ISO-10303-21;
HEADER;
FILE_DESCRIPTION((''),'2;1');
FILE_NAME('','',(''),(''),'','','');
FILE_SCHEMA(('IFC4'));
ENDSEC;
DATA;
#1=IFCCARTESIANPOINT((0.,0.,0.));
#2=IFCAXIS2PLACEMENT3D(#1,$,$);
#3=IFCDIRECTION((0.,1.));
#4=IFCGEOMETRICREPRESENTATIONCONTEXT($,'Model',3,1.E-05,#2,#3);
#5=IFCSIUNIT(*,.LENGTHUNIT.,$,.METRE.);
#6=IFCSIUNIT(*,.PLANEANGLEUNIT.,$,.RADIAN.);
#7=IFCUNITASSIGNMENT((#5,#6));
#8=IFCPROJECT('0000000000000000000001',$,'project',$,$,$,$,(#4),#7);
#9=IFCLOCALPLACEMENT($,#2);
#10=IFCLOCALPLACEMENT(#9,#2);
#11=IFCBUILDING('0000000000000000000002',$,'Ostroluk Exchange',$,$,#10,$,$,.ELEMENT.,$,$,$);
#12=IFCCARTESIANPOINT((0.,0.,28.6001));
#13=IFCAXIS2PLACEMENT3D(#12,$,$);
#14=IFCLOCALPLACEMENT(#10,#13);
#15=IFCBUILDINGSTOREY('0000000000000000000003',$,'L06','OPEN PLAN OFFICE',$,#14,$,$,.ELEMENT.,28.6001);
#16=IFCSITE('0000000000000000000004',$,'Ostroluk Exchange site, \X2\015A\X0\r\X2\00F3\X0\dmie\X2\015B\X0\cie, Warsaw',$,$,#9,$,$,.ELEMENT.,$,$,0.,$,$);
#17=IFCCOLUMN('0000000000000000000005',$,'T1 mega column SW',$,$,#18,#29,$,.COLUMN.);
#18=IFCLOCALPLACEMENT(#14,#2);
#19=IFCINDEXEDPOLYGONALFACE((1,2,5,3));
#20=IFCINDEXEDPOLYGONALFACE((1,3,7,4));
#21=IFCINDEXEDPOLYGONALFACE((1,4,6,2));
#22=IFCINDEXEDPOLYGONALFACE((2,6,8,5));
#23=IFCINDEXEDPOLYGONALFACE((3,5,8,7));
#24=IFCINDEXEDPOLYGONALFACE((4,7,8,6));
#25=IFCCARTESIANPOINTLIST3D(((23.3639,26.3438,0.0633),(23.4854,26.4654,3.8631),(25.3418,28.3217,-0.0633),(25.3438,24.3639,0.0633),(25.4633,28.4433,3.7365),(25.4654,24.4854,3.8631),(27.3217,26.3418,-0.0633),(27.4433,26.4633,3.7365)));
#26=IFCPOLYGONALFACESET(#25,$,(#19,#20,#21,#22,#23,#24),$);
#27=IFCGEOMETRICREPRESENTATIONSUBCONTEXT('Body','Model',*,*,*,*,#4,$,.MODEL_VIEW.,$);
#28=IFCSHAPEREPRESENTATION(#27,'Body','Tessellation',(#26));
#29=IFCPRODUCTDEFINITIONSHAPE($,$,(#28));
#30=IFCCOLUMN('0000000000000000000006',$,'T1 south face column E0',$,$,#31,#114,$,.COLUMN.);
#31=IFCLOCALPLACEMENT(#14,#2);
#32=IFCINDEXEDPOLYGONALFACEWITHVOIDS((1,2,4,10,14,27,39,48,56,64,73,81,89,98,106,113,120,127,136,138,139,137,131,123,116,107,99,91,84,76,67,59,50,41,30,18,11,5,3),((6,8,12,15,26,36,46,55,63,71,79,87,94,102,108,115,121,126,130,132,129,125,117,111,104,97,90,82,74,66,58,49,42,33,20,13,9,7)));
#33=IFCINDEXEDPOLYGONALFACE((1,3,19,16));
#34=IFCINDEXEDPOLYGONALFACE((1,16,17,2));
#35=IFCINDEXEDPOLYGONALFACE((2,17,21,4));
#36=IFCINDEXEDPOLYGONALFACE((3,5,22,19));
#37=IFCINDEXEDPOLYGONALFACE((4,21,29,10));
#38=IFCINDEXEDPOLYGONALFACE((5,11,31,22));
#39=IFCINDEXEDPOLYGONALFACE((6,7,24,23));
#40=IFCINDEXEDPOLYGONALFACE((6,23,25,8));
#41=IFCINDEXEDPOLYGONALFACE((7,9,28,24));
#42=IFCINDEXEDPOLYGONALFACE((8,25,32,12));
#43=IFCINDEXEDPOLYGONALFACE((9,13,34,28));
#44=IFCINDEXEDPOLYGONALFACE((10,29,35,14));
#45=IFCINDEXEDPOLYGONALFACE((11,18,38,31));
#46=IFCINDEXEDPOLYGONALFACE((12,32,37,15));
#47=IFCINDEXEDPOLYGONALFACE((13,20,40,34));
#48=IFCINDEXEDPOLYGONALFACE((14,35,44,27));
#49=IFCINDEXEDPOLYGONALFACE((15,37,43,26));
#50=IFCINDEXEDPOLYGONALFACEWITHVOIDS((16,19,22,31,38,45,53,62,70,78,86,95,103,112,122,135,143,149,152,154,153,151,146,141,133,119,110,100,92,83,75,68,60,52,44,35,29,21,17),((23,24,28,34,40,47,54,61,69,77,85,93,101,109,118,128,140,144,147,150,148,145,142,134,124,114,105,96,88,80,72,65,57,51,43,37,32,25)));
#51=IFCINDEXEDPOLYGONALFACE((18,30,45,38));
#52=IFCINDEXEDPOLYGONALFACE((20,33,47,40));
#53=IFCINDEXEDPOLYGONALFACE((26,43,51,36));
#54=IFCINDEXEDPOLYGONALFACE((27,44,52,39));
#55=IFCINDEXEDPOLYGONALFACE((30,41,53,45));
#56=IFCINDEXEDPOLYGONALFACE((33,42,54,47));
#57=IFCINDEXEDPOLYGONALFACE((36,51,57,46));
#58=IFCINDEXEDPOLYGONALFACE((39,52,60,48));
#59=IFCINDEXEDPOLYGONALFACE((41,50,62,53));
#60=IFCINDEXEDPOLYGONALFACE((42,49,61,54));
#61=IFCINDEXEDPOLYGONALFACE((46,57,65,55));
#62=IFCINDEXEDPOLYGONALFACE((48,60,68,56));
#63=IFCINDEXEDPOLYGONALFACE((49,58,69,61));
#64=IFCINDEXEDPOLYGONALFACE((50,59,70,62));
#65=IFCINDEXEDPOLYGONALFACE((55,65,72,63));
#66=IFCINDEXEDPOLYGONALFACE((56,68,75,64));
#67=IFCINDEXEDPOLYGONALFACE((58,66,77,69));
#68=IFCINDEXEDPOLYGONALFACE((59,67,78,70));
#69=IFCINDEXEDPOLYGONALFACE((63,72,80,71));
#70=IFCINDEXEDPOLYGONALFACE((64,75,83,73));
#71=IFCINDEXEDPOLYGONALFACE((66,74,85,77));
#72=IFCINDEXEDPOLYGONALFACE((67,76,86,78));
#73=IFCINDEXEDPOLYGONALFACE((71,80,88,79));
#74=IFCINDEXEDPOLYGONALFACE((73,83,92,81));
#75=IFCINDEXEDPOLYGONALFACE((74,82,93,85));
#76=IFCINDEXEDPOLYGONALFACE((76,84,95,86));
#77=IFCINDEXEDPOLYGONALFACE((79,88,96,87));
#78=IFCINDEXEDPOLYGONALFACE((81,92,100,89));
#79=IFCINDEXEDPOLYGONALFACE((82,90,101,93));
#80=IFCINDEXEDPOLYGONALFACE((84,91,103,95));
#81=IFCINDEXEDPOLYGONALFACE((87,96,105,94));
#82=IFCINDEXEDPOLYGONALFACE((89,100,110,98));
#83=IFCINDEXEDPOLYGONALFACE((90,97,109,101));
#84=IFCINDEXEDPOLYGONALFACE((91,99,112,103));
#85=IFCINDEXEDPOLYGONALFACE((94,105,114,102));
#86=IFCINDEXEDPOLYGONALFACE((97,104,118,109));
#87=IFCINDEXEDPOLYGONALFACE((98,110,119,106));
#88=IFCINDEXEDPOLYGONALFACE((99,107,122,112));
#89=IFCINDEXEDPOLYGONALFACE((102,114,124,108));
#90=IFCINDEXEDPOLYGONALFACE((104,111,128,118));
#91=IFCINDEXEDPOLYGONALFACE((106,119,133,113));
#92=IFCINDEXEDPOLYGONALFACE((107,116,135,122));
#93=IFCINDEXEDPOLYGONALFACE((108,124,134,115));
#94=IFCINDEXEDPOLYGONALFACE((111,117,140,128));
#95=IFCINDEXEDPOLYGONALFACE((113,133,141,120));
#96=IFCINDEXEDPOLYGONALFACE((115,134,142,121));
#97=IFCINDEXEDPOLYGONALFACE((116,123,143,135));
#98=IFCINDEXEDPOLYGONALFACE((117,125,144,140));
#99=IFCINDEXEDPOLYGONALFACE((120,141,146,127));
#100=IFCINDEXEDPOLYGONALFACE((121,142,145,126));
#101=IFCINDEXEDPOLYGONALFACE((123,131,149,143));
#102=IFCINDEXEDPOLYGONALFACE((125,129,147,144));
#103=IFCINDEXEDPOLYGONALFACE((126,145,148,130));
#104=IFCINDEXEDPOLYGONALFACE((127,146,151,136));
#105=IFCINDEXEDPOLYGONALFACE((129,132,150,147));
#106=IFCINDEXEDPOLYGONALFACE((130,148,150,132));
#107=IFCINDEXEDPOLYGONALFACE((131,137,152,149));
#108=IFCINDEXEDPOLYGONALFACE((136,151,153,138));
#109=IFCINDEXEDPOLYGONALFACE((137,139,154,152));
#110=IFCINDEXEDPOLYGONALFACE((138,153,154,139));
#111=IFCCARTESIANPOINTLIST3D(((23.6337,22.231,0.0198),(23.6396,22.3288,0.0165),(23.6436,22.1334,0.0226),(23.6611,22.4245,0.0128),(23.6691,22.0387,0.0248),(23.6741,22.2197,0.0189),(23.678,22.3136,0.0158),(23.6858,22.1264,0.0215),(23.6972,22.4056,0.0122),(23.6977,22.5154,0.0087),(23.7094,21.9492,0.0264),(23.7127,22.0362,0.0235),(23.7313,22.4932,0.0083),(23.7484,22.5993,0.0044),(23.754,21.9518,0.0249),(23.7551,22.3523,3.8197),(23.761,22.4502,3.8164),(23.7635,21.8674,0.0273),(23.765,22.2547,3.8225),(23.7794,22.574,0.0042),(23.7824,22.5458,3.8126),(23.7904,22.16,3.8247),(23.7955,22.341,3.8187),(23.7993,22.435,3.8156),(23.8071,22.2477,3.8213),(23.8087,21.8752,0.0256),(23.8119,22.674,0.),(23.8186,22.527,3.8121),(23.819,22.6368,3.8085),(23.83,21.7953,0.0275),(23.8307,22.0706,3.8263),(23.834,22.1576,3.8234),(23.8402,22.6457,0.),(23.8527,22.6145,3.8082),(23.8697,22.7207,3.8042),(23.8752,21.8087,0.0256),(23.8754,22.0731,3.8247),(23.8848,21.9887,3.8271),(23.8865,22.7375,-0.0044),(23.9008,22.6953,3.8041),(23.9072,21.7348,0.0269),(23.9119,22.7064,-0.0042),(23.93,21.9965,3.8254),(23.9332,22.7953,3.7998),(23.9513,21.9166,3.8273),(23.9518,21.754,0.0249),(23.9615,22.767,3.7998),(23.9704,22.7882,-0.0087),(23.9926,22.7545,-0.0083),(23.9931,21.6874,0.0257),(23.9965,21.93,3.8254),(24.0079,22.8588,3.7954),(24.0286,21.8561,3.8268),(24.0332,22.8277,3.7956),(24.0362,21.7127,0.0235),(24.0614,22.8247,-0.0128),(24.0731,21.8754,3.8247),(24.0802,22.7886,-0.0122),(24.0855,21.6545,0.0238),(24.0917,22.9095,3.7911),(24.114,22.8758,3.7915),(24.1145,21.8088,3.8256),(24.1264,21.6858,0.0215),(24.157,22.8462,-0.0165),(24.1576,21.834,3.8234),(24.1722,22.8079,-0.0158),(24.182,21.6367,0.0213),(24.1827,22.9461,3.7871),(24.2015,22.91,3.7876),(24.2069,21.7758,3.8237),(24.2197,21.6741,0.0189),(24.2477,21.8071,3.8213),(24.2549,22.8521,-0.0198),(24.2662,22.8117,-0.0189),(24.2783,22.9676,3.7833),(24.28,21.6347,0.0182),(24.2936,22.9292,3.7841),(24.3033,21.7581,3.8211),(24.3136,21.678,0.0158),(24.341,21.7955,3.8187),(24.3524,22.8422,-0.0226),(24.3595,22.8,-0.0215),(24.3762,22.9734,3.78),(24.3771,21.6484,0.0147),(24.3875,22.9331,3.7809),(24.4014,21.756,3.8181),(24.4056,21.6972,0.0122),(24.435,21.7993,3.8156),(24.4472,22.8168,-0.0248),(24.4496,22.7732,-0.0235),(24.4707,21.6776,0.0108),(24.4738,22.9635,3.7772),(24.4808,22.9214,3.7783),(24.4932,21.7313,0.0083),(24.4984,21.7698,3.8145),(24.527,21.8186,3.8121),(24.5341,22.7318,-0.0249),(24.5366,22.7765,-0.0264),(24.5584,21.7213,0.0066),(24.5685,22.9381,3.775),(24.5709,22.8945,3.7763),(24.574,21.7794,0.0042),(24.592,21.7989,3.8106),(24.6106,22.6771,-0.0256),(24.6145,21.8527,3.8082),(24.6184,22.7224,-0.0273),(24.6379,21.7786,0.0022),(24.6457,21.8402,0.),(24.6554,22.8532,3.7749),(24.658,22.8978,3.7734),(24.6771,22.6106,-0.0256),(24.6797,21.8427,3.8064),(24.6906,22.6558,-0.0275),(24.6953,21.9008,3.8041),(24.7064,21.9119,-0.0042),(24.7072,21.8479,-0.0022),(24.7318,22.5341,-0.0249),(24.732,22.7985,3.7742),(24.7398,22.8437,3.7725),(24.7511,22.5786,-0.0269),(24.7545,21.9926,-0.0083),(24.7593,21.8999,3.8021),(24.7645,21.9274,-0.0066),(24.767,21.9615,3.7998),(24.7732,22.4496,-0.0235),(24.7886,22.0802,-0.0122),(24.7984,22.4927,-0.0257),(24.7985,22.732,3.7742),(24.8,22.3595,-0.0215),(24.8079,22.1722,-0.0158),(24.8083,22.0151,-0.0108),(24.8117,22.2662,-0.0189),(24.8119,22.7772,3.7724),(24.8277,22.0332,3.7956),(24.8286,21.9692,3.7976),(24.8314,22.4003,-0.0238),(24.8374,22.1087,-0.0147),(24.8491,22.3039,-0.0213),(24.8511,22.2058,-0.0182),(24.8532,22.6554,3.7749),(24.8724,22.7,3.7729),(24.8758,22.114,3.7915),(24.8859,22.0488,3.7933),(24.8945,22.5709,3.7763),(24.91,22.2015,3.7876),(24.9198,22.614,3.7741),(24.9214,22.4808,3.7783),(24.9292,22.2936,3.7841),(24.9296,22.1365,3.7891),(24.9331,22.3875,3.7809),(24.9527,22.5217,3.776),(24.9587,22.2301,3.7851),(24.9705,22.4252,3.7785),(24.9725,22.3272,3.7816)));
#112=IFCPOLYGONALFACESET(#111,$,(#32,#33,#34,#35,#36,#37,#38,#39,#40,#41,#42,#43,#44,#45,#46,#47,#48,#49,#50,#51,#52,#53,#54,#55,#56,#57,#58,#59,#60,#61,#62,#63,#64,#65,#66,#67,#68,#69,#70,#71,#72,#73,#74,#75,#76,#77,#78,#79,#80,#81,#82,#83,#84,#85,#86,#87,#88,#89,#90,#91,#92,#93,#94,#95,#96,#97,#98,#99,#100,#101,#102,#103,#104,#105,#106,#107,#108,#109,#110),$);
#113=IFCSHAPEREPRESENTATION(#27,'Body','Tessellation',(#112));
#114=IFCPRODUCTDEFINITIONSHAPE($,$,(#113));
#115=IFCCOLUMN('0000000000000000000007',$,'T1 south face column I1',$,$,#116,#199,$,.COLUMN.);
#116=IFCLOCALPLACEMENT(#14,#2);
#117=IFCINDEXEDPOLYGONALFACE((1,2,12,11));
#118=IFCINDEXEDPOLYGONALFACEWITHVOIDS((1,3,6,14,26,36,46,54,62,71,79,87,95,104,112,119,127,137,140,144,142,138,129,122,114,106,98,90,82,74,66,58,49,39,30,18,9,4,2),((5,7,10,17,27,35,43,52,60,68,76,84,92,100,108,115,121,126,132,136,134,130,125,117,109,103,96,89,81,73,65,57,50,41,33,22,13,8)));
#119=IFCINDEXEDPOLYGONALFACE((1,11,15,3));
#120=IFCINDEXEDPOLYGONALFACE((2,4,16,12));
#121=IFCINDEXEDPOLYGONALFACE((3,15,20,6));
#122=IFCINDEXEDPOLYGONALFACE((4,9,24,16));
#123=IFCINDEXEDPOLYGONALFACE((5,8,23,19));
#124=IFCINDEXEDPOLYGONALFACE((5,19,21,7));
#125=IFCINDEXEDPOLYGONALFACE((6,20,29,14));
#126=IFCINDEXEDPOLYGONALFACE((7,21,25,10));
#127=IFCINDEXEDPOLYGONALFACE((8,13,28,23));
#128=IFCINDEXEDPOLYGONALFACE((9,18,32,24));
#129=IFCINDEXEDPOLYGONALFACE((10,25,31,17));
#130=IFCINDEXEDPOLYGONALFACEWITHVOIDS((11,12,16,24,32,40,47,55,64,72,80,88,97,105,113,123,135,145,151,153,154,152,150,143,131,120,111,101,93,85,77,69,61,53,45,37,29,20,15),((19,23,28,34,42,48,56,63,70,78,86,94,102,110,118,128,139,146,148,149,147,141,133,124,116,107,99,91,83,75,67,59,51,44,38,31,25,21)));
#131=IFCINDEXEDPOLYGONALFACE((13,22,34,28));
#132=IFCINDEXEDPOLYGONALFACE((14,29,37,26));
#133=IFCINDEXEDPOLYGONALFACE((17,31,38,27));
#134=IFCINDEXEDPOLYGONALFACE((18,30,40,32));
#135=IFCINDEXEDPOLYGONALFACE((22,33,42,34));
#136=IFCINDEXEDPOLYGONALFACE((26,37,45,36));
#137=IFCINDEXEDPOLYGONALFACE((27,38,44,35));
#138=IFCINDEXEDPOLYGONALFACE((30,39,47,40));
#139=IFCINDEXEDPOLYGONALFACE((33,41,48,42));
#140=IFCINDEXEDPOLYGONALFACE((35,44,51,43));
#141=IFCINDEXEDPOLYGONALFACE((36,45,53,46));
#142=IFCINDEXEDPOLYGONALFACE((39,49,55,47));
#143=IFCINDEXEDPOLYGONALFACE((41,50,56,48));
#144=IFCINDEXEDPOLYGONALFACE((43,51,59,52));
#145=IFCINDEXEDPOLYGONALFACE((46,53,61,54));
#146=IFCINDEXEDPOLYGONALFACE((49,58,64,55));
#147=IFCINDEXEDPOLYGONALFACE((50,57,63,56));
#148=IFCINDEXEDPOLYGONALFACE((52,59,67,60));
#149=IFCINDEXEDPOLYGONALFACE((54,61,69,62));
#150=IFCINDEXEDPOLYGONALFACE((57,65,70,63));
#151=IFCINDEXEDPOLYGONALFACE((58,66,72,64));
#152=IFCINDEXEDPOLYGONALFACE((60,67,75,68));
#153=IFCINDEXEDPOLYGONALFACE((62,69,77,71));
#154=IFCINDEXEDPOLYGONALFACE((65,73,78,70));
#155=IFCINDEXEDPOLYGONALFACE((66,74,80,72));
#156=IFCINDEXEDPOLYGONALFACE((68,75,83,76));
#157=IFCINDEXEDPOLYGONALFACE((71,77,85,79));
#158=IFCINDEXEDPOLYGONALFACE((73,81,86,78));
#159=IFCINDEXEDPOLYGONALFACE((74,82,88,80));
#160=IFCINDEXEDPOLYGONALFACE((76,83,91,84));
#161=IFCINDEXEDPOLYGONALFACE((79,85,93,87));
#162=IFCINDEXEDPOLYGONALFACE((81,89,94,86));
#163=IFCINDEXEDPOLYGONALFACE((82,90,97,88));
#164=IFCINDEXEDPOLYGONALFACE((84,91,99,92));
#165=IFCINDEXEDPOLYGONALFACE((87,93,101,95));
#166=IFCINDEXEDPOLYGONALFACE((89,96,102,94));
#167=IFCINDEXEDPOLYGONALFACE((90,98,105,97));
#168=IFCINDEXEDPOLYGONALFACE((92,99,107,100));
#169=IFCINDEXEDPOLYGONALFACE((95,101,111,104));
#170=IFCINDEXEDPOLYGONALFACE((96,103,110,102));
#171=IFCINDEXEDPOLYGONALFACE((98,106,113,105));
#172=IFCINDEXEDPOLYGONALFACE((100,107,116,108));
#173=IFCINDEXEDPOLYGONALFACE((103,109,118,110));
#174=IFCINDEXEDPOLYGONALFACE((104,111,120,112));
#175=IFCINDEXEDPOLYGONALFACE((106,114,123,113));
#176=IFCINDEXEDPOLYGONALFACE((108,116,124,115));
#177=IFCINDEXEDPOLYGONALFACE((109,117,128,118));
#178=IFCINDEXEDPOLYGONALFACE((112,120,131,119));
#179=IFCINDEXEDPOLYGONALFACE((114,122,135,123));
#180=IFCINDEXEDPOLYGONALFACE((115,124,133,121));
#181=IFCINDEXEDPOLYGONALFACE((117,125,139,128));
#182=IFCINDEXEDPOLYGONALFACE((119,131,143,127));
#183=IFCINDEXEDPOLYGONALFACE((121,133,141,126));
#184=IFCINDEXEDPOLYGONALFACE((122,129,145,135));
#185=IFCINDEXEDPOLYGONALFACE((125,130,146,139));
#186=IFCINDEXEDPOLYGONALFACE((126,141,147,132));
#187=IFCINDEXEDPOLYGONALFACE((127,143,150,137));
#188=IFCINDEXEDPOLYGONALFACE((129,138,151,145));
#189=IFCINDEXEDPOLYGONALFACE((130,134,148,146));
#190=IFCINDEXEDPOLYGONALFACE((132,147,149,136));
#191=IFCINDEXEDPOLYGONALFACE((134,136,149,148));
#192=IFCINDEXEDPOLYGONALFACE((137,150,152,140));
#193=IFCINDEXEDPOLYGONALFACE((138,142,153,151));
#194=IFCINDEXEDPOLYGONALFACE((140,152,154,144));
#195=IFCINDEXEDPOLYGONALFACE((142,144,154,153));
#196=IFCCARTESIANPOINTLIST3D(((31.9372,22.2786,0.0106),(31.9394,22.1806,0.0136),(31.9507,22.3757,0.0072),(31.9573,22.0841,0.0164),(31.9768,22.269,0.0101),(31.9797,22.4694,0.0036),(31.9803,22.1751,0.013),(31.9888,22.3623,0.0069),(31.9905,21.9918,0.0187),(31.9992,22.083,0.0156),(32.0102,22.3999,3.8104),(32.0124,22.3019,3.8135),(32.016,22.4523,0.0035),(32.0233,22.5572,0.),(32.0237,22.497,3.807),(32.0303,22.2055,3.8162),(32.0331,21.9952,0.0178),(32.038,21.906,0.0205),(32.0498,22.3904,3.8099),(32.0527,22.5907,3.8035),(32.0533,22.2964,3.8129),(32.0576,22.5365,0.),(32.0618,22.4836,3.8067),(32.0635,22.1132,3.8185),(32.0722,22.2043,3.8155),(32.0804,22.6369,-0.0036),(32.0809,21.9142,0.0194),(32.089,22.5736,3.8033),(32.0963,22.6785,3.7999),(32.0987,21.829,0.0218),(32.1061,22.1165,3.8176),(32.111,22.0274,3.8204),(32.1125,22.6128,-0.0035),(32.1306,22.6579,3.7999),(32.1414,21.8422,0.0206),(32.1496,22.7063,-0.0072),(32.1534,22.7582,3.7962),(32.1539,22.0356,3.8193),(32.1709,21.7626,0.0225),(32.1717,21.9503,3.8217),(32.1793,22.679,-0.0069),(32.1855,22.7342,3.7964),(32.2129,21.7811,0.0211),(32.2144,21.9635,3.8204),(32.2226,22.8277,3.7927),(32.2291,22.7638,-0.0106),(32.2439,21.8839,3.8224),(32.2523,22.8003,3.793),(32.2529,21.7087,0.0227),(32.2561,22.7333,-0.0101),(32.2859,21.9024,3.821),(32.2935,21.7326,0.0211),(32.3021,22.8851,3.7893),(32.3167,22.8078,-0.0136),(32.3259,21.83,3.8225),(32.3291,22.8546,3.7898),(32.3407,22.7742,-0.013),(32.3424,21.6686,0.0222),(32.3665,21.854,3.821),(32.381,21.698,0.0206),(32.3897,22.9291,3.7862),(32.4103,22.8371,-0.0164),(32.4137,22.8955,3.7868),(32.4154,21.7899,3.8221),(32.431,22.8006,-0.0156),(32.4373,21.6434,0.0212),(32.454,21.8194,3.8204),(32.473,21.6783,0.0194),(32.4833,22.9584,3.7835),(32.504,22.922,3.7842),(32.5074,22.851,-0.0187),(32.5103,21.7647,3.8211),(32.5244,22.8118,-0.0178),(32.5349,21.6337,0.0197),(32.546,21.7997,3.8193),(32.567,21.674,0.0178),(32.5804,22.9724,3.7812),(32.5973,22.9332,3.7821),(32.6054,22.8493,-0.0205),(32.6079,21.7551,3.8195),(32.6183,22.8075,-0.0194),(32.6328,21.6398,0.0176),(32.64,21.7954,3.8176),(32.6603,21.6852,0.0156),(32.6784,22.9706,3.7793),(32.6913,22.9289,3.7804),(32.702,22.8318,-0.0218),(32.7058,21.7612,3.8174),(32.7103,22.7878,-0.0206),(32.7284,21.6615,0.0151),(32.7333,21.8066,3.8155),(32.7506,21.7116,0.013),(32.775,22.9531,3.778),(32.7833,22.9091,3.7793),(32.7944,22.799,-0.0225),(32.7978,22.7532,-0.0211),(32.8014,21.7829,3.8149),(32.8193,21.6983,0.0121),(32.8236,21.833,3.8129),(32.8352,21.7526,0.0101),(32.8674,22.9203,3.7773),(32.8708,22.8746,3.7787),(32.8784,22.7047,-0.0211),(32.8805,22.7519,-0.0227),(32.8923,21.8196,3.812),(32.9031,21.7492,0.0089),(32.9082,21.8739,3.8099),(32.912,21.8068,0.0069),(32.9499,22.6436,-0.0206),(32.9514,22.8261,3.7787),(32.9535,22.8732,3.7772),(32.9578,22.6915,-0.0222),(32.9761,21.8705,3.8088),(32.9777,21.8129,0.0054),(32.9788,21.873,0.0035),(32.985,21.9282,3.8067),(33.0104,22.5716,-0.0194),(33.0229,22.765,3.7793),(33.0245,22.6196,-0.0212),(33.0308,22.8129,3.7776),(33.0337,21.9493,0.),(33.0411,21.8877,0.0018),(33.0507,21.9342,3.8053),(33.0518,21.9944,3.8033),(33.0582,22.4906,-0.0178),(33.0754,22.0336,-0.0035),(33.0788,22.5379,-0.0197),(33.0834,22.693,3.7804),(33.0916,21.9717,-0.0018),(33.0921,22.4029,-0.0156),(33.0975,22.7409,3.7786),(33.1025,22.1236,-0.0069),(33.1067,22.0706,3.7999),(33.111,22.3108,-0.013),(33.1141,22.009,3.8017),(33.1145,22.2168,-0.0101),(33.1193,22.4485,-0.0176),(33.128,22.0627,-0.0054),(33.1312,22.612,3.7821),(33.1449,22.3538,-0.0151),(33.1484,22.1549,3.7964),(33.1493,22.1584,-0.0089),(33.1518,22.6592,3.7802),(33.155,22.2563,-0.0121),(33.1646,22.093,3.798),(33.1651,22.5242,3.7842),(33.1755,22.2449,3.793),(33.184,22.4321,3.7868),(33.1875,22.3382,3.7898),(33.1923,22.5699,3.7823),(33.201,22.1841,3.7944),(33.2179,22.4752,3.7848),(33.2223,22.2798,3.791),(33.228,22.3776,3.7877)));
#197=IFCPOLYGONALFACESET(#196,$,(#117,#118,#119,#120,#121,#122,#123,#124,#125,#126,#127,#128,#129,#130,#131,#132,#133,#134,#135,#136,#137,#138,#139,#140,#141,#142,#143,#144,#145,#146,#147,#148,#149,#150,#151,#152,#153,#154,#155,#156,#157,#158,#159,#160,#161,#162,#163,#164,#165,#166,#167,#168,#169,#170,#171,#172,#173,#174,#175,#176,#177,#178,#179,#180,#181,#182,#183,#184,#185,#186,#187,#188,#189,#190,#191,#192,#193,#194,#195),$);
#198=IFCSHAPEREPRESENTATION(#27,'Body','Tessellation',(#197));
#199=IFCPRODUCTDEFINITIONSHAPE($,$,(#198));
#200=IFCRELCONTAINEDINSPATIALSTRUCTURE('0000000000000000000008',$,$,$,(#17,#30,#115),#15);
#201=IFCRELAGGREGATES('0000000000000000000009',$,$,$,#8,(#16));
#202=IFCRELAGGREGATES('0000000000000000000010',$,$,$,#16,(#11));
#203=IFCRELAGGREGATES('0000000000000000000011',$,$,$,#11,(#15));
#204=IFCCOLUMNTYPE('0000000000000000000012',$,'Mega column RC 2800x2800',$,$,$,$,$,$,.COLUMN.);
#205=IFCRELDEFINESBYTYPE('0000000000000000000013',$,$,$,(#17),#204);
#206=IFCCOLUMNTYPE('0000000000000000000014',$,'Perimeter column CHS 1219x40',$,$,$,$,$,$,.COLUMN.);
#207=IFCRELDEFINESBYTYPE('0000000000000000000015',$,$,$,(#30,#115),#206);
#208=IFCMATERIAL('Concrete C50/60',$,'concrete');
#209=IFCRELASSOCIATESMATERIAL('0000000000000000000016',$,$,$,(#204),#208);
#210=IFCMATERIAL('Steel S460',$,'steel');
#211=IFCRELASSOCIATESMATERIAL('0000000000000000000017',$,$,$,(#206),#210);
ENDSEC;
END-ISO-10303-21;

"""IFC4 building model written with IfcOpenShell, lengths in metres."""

from ifc_helpers import new_model, si_unit, direction, frame, origin, origin_2d, place, context, subcontext, project, spatial, rectangle, hollow_circle, extrude, material, material_profile, profile_set, type_object, element, save


model = new_model("IFC4")

# Units and contexts
model_context = context("Model", 3, precision=1e-05, world=origin(), true_north=direction((0.0, 1.0)))
body_context = subcontext(model_context, "Body", "Model", "MODEL_VIEW")
ifc_project = project(units=[si_unit("LENGTHUNIT", "METRE"), si_unit("PLANEANGLEUNIT", "RADIAN")], contexts=[model_context])

# Site, building, storey
site_placement = place(None, origin())
site = spatial("IfcSite", under=ifc_project, at=site_placement, Name="Ostroluk Exchange site, Śródmieście, Warsaw", CompositionType="ELEMENT", RefElevation=0.0)
building_placement = place(site_placement, origin())
building = spatial("IfcBuilding", under=site, at=building_placement, Name="Ostroluk Exchange", CompositionType="ELEMENT")
storey_placement = place(building_placement, frame((0.0, 0.0, 28.6001)))
storey = spatial("IfcBuildingStorey", under=building, at=storey_placement, Name="L06", Description="OPEN PLAN OFFICE", CompositionType="ELEMENT", Elevation=28.6001)

# Columns
ifc_material_1 = material(Name="Concrete C50/60", Category="concrete")
ifc_material_profile_1 = material_profile(ifc_material_1, rectangle(XDim=2.8, YDim=2.8, at=origin_2d()), Name="RC 2800x2800")
ifc_profile_set_1 = profile_set([ifc_material_profile_1], Name="Concrete C50/60")
column_type_1 = type_object("IfcColumnType", Name="Mega column RC 2800x2800", PredefinedType="COLUMN", material=ifc_profile_set_1)
column_1_placement = place(storey_placement, frame((25.3428, 26.3428, 0.0), z_axis=(0.031964, 0.031964, 0.998978), x_axis=(-0.707107, 0.707107, 0.0)))
element("IfcColumn", 1, at=column_1_placement, inside=storey, type_object=column_type_1, Name="T1 mega column SW", PredefinedType="COLUMN", context=body_context, shape_type="SweptSolid", body=[
    extrude(rectangle(XDim=2.8, YDim=2.8, at=origin_2d()), origin(), (0.0, 0.0, 1.0), 3.8037),
])
ifc_material_2 = material(Name="Steel S460", Category="steel")
ifc_material_profile_2 = material_profile(ifc_material_2, hollow_circle(Radius=0.6096, WallThickness=0.04, at=origin_2d()), Name="CHS 1219x40")
ifc_profile_set_2 = profile_set([ifc_material_profile_2], Name="Steel S460")
column_type_2 = type_object("IfcColumnType", Name="Perimeter column CHS 1219x40", PredefinedType="COLUMN", material=ifc_profile_set_2)
column_2_placement = place(storey_placement, frame((24.2429, 22.2429, 0.0), z_axis=(0.0319, 0.0319, 0.998982), x_axis=(-0.707107, 0.707107, 0.0)))
element("IfcColumn", 2, at=column_2_placement, inside=storey, type_object=column_type_2, Name="T1 south face column E0", PredefinedType="COLUMN", context=body_context, shape_type="SweptSolid", body=[
    extrude(hollow_circle(Radius=0.6096, WallThickness=0.04, at=origin_2d()), origin(), (0.0, 0.0, 1.0), 3.8037),
])
column_3_placement = place(storey_placement, frame((32.5457, 22.2429, 0.0), z_axis=(0.019198, 0.031911, 0.999306), x_axis=(-0.856884, 0.51551, 0.0)))
element("IfcColumn", 3, at=column_3_placement, inside=storey, type_object=column_type_2, Name="T1 south face column I1", PredefinedType="COLUMN", context=body_context, shape_type="SweptSolid", body=[
    extrude(hollow_circle(Radius=0.6096, WallThickness=0.04, at=origin_2d()), origin(), (0.0, 0.0, 1.0), 3.8025),
])

save(model, "model.ifc")
